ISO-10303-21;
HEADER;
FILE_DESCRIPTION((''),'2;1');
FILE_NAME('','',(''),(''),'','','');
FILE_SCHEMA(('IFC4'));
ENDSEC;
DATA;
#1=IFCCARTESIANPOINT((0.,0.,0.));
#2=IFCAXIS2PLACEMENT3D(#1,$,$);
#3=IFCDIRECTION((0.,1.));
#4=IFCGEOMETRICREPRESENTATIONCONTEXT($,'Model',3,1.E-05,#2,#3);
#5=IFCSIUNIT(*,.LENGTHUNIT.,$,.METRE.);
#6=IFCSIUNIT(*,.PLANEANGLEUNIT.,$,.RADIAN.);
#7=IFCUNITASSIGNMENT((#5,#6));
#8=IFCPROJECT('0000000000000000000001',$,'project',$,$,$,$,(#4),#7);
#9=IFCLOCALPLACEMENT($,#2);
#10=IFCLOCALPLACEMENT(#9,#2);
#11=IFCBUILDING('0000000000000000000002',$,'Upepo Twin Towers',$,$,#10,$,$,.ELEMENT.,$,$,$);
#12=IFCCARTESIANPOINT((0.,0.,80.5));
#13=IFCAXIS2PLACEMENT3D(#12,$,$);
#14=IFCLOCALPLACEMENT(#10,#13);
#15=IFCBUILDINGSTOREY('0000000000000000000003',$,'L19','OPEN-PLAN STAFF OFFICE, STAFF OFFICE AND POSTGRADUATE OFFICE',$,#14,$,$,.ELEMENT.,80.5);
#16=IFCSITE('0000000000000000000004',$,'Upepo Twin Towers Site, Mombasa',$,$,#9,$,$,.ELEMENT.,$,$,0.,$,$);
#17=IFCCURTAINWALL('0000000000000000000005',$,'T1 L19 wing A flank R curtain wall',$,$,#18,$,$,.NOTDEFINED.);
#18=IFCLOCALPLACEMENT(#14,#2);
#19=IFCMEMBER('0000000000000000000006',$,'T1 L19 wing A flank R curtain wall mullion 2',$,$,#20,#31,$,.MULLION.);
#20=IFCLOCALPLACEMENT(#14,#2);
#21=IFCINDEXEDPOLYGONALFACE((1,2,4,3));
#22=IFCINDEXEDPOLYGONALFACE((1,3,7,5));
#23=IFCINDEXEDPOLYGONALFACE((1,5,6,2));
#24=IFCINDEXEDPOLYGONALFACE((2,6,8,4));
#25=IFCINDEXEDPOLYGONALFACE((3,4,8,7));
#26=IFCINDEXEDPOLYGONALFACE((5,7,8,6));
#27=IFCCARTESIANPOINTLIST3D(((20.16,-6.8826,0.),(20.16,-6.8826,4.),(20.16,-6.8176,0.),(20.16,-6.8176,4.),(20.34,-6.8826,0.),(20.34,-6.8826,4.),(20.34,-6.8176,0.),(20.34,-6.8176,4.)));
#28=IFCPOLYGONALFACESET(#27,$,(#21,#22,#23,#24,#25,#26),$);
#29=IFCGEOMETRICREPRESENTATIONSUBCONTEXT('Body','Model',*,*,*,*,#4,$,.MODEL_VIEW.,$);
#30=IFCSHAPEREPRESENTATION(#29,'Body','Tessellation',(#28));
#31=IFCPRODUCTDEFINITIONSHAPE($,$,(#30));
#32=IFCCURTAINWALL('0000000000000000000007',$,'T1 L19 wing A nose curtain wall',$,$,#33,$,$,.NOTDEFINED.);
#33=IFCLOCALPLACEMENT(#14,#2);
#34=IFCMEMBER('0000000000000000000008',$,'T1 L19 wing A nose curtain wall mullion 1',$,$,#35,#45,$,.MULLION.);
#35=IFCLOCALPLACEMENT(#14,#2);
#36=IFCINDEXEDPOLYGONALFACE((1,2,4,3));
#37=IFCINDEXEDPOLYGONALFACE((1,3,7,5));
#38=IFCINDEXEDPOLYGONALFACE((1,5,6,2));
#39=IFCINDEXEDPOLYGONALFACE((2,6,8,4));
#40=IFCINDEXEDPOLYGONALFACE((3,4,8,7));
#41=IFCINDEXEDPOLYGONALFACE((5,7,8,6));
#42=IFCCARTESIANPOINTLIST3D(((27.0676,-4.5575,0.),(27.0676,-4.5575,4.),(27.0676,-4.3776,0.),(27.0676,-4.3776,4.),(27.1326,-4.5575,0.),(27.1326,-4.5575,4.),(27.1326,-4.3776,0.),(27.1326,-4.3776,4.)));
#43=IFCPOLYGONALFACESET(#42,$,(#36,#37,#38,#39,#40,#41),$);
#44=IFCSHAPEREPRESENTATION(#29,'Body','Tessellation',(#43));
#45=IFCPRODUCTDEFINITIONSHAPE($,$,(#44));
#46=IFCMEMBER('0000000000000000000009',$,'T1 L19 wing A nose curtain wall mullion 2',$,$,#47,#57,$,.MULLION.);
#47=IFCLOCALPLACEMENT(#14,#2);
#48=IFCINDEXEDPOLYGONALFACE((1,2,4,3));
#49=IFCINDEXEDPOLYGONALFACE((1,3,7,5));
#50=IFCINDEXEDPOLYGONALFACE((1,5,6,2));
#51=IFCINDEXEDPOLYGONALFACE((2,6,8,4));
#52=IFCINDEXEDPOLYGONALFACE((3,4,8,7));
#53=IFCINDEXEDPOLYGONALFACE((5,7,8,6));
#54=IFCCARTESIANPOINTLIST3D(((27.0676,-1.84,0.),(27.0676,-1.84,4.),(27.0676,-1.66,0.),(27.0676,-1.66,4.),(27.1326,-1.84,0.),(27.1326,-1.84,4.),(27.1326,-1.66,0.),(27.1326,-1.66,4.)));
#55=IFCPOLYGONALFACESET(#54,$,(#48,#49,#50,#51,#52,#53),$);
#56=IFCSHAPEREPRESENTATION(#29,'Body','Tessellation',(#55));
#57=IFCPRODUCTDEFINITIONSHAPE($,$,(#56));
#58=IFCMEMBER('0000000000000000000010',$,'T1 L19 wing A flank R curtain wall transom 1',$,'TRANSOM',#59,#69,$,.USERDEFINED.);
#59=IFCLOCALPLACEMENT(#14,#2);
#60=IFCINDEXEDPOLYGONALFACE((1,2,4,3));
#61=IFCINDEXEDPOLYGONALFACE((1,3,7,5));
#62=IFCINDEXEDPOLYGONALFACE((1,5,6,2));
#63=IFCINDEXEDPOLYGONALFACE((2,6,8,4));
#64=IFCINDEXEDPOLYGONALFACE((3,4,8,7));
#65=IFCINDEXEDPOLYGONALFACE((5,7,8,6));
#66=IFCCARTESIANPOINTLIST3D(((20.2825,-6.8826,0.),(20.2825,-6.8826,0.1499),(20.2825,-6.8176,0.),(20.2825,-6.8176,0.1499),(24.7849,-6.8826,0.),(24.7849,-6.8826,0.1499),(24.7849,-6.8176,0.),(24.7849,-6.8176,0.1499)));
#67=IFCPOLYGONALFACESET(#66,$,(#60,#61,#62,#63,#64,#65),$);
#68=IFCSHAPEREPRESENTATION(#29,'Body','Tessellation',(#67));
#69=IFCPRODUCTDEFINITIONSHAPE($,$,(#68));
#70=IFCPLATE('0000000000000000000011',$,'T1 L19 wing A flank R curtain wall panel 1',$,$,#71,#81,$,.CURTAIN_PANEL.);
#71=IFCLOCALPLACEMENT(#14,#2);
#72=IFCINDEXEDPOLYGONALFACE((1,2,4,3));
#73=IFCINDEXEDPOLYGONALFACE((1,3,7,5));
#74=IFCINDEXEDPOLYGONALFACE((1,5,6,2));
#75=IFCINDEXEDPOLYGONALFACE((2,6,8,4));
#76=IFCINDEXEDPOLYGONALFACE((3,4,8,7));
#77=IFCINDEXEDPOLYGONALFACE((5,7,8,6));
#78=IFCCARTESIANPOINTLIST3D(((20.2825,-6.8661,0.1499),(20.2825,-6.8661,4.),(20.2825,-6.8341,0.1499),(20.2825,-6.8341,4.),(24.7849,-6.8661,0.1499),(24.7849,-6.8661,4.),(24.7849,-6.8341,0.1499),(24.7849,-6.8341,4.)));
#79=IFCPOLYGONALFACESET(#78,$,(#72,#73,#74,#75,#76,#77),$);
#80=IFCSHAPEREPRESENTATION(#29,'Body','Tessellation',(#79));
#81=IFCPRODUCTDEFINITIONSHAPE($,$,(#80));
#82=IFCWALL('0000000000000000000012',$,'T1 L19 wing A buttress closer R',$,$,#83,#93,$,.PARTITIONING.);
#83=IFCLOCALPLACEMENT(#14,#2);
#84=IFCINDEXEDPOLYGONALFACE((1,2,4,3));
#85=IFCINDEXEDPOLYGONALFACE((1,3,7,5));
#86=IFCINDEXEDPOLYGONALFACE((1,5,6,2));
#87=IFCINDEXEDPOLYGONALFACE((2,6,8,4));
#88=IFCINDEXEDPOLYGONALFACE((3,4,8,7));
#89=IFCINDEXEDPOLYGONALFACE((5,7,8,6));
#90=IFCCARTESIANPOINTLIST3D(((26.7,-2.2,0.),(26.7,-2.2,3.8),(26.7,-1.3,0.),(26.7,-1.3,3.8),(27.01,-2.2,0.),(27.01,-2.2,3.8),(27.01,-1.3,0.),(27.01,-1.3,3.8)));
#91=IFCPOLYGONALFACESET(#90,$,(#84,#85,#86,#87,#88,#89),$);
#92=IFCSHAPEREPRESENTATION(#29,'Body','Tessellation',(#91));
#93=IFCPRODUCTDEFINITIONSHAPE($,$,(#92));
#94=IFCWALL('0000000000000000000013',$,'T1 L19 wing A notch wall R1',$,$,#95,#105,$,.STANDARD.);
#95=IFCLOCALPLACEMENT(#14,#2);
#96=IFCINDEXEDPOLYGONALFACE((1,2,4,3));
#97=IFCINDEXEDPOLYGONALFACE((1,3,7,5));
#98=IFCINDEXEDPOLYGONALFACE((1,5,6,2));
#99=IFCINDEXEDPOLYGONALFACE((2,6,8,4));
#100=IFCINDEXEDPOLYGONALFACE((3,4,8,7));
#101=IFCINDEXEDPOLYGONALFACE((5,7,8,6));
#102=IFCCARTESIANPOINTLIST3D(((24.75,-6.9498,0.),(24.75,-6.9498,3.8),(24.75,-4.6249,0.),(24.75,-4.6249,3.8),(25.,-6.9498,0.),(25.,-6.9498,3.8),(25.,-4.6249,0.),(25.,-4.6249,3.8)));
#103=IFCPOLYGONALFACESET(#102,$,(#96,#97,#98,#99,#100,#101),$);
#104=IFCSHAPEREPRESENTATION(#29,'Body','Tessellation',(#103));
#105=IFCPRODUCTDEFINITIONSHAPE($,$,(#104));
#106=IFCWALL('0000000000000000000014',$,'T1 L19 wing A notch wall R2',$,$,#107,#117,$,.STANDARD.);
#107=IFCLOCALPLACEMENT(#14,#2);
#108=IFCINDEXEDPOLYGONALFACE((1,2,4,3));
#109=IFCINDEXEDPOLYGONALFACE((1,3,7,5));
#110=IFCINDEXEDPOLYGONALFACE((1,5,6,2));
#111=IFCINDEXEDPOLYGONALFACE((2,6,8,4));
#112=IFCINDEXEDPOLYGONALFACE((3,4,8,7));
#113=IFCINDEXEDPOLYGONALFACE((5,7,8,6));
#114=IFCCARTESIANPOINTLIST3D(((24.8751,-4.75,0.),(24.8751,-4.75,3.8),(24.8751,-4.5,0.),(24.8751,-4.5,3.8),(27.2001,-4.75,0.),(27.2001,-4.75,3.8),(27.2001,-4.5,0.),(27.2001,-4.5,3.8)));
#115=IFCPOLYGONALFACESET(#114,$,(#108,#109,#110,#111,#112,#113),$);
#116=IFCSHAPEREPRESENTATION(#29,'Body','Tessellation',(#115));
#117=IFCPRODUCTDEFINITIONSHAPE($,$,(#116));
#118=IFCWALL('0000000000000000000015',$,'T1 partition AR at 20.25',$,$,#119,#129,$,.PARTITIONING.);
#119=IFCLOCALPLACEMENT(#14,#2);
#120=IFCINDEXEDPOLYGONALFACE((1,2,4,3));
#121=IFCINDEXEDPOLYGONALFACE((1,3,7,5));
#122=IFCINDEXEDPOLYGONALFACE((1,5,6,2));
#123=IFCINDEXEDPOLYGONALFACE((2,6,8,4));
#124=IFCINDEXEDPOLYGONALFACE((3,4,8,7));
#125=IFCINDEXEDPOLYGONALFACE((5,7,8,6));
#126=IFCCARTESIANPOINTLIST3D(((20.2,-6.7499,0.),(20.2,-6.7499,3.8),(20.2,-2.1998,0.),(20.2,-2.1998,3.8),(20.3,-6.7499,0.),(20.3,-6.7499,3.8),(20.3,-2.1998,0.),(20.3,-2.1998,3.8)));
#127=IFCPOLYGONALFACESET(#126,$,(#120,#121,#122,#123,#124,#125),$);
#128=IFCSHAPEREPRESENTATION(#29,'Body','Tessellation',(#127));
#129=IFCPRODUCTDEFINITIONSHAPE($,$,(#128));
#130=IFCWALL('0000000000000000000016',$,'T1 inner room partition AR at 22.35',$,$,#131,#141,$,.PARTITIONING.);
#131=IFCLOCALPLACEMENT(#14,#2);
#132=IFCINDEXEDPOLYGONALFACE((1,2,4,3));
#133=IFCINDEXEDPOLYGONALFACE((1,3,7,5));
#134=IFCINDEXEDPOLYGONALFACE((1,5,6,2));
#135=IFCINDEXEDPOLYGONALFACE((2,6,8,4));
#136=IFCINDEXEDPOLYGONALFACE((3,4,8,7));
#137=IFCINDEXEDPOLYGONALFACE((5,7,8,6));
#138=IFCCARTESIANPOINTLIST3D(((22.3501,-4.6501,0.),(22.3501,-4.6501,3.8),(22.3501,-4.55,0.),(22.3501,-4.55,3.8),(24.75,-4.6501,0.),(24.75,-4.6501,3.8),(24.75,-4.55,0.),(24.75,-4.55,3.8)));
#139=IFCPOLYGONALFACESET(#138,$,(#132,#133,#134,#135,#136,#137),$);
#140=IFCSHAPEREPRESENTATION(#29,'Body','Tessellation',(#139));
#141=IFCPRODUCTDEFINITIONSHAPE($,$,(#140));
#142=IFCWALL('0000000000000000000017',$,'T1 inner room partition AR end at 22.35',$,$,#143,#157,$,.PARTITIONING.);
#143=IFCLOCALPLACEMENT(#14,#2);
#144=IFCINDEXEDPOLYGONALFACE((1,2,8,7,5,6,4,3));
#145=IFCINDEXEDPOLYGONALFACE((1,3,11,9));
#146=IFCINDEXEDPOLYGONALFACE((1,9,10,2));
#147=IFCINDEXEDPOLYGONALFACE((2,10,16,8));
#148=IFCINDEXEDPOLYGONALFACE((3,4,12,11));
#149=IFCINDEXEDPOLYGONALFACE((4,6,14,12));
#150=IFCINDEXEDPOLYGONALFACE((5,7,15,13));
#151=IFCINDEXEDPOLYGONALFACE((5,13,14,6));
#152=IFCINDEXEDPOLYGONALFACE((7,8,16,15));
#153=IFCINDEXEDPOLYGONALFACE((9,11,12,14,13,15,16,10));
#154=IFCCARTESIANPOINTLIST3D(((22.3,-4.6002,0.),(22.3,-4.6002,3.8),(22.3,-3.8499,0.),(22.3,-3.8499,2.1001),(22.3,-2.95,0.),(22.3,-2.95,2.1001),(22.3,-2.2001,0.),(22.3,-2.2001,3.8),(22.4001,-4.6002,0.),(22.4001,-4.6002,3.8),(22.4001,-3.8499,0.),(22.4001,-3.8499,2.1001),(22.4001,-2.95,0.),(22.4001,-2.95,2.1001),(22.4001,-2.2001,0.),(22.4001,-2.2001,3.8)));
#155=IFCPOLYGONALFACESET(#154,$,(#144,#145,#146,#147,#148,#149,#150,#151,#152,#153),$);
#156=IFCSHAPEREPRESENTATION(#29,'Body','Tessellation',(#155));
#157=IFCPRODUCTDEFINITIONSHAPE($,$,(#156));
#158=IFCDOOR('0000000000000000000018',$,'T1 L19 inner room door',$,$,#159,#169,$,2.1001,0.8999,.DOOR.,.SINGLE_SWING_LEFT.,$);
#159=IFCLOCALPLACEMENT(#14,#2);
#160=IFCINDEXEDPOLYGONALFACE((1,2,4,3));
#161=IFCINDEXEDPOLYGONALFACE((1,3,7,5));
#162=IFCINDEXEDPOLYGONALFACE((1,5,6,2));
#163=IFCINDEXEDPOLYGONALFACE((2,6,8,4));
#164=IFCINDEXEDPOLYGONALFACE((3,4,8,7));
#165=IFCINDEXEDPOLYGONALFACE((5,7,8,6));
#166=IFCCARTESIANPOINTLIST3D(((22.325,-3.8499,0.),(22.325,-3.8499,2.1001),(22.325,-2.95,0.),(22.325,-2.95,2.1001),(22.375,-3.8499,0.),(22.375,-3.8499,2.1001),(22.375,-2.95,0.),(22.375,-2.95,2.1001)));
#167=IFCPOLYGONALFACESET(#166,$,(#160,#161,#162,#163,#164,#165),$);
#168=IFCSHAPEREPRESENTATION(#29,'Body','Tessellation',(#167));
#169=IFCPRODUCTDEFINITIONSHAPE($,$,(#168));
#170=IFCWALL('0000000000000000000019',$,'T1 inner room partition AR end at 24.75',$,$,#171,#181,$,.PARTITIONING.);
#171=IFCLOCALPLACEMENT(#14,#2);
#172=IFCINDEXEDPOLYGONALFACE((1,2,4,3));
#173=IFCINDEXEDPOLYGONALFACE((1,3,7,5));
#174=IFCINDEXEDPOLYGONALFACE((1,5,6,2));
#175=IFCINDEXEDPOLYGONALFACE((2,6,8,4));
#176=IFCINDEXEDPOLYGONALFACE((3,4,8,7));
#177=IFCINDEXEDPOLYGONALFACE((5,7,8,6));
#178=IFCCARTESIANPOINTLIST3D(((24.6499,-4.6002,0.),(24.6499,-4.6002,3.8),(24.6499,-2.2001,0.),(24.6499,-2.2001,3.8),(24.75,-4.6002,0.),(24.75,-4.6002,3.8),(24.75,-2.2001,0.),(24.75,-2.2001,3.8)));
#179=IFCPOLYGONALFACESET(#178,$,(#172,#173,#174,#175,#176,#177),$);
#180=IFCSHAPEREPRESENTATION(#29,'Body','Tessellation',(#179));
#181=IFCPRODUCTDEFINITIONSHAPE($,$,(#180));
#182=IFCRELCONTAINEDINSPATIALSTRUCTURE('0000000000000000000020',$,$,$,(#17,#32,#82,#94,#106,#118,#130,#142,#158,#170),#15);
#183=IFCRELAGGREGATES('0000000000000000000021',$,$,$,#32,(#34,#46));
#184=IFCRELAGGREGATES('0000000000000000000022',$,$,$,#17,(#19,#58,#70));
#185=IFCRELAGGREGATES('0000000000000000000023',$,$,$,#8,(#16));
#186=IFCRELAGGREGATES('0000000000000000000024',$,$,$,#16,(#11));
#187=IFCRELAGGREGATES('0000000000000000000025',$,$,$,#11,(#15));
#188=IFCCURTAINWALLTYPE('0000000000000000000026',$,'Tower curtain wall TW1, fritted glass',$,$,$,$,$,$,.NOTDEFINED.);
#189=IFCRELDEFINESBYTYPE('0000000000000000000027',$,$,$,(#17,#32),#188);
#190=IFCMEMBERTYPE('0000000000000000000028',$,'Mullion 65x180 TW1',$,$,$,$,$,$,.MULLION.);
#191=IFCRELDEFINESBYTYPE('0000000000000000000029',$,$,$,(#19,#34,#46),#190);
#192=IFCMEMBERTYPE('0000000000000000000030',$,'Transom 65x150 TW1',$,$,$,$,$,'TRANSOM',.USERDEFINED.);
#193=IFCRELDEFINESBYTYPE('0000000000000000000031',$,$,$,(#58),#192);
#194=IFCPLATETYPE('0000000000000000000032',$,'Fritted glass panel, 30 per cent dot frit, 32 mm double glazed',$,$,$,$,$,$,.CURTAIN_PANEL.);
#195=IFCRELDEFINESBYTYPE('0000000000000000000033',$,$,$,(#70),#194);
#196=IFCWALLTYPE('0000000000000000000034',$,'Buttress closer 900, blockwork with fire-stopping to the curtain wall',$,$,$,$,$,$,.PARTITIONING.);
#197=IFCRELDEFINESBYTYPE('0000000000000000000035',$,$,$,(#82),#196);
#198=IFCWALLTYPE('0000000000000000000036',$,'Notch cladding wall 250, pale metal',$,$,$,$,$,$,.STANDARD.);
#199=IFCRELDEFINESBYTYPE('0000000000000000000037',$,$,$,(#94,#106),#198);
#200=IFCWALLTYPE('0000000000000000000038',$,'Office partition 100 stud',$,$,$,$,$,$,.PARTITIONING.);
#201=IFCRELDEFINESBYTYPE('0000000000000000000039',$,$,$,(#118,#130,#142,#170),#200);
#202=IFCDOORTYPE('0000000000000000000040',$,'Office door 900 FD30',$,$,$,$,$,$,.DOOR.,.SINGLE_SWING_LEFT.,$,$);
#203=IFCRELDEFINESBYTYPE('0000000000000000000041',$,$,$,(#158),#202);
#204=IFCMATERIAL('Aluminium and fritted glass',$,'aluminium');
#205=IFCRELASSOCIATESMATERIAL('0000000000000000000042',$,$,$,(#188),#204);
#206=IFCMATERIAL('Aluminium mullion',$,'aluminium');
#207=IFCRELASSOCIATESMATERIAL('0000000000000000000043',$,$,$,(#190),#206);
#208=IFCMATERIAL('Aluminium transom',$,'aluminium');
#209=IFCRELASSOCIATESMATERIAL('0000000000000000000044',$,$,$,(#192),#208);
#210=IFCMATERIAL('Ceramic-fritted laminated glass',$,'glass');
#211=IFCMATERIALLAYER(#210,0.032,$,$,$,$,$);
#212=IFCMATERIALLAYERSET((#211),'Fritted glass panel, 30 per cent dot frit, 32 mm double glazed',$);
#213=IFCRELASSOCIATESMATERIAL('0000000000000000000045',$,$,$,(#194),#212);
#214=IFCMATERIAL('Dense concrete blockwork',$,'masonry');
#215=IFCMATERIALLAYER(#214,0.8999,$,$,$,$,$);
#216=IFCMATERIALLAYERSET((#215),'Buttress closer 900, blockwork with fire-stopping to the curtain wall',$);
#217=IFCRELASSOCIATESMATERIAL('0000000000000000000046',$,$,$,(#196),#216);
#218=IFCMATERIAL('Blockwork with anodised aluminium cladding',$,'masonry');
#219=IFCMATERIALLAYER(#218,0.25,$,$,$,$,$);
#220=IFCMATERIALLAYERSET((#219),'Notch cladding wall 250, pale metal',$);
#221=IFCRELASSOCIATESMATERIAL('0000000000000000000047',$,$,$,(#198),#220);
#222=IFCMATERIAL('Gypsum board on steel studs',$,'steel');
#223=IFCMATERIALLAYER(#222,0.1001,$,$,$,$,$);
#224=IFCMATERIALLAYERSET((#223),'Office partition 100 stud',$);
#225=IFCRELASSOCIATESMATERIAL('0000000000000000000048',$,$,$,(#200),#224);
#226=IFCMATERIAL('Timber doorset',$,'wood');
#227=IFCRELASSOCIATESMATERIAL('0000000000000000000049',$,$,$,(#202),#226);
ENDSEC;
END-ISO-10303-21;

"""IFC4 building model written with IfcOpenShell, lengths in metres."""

from ifc_helpers import new_model, si_unit, direction, frame, frame_2d, origin, origin_2d, place, context, subcontext, project, spatial, rectangle, extrude, material, layer, layer_set, material_profile, profile_set, type_object, element, fill, aggregate, save


model = new_model("IFC4")

# Units and contexts
model_context = context("Model", 3, precision=1e-05, world=origin(), true_north=direction((0.0, 1.0)))
body_context = subcontext(model_context, "Body", "Model", "MODEL_VIEW")
ifc_project = project(units=[si_unit("LENGTHUNIT", "METRE"), si_unit("PLANEANGLEUNIT", "RADIAN")], contexts=[model_context])

# Site, building, storey
site_placement = place(None, origin())
site = spatial("IfcSite", under=ifc_project, at=site_placement, Name="Upepo Twin Towers Site, Mombasa", CompositionType="ELEMENT", RefElevation=0.0)
building_placement = place(site_placement, origin())
building = spatial("IfcBuilding", under=site, at=building_placement, Name="Upepo Twin Towers", CompositionType="ELEMENT")
storey_placement = place(building_placement, frame((0.0, 0.0, 80.5)))
storey = spatial("IfcBuildingStorey", under=building, at=storey_placement, Name="L19", Description="OPEN-PLAN STAFF OFFICE, STAFF OFFICE AND POSTGRADUATE OFFICE", CompositionType="ELEMENT", Elevation=80.5)

# Curtain walls, members
ifc_material_1 = material(Name="Aluminium and fritted glass", Category="aluminium")
curtain_wall_type = type_object("IfcCurtainWallType", Name="Tower curtain wall TW1, fritted glass", PredefinedType="NOTDEFINED", material=ifc_material_1)
curtain_wall_1_placement = place(storey_placement, origin())
curtain_wall_1 = element("IfcCurtainWall", 1, at=curtain_wall_1_placement, inside=storey, type_object=curtain_wall_type, Name="T1 L19 wing A flank R curtain wall", PredefinedType="NOTDEFINED")
ifc_material_2 = material(Name="Aluminium mullion", Category="aluminium")
ifc_material_profile_1 = material_profile(ifc_material_2, rectangle(XDim=0.0649, YDim=0.1799, at=origin_2d()), Name="MULLION 65x180")
ifc_profile_set_1 = profile_set([ifc_material_profile_1], Name="Aluminium mullion")
member_type_1 = type_object("IfcMemberType", Name="Mullion 65x180 TW1", PredefinedType="MULLION", material=ifc_profile_set_1)
member_1_placement = place(storey_placement, frame((20.25, -6.8501, 0.0), z_axis=(0.0, 0.0, 1.0), x_axis=(0.0, -1.0, 0.0)))
member_1 = element("IfcMember", 2, at=member_1_placement, type_object=member_type_1, Name="T1 L19 wing A flank R curtain wall mullion 2", PredefinedType="MULLION", context=body_context, shape_type="SweptSolid", body=[
    extrude(rectangle(XDim=0.0649, YDim=0.1799, at=origin_2d()), origin(), (0.0, 0.0, 1.0), 4.0),
])
curtain_wall_2_placement = place(storey_placement, origin())
curtain_wall_2 = element("IfcCurtainWall", 3, at=curtain_wall_2_placement, inside=storey, type_object=curtain_wall_type, Name="T1 L19 wing A nose curtain wall", PredefinedType="NOTDEFINED")
member_2_placement = place(storey_placement, frame((27.1001, -4.4675, 0.0), z_axis=(0.0, 0.0, 1.0), x_axis=(-1.0, 0.0, 0.0)))
member_2 = element("IfcMember", 4, at=member_2_placement, type_object=member_type_1, Name="T1 L19 wing A nose curtain wall mullion 1", PredefinedType="MULLION", context=body_context, shape_type="SweptSolid", body=[
    extrude(rectangle(XDim=0.0649, YDim=0.1799, at=origin_2d()), origin(), (0.0, 0.0, 1.0), 4.0),
])
member_3_placement = place(storey_placement, frame((27.1001, -1.75, 0.0), z_axis=(0.0, 0.0, 1.0), x_axis=(-1.0, 0.0, 0.0)))
member_3 = element("IfcMember", 5, at=member_3_placement, type_object=member_type_1, Name="T1 L19 wing A nose curtain wall mullion 2", PredefinedType="MULLION", context=body_context, shape_type="SweptSolid", body=[
    extrude(rectangle(XDim=0.0649, YDim=0.1799, at=origin_2d()), origin(), (0.0, 0.0, 1.0), 4.0),
])
aggregate(curtain_wall_2, [member_2, member_3])

# Member
ifc_material_3 = material(Name="Aluminium transom", Category="aluminium")
ifc_material_profile_2 = material_profile(ifc_material_3, rectangle(XDim=0.0649, YDim=0.1499, at=origin_2d()), Name="TRANSOM 65x150")
ifc_profile_set_2 = profile_set([ifc_material_profile_2], Name="Aluminium transom")
member_type_2 = type_object("IfcMemberType", Name="Transom 65x150 TW1", ElementType="TRANSOM", PredefinedType="USERDEFINED", material=ifc_profile_set_2)
member_4_placement = place(storey_placement, frame((24.7849, -6.8501, 0.075), z_axis=(-1.0, 0.0, 0.0), x_axis=(0.0, -1.0, 0.0)))
member_4 = element("IfcMember", 6, at=member_4_placement, type_object=member_type_2, Name="T1 L19 wing A flank R curtain wall transom 1", ObjectType="TRANSOM", PredefinedType="USERDEFINED", context=body_context, shape_type="SweptSolid", body=[
    extrude(rectangle(XDim=0.0649, YDim=0.1499, at=origin_2d()), origin(), (0.0, 0.0, 1.0), 4.5024),
])

# Plate
ifc_material_4 = material(Name="Ceramic-fritted laminated glass", Category="glass")
ifc_layer_1 = layer(ifc_material_4, 0.032)
ifc_layer_set_1 = layer_set([ifc_layer_1], Name="Fritted glass panel, 30 per cent dot frit, 32 mm double glazed")
plate_type = type_object("IfcPlateType", Name="Fritted glass panel, 30 per cent dot frit, 32 mm double glazed", PredefinedType="CURTAIN_PANEL", material=ifc_layer_set_1)
plate_placement = place(storey_placement, frame((22.5337, -6.8501, 0.1499), z_axis=(0.0, 0.0, 1.0), x_axis=(-1.0, 0.0, 0.0)))
plate = element("IfcPlate", 7, at=plate_placement, type_object=plate_type, Name="T1 L19 wing A flank R curtain wall panel 1", PredefinedType="CURTAIN_PANEL", context=body_context, shape_type="SweptSolid", body=[
    extrude(rectangle(XDim=4.5024, YDim=0.032, at=origin_2d()), origin(), (0.0, 0.0, 1.0), 3.8501),
])
aggregate(curtain_wall_1, [member_1, member_4, plate])

# Walls
ifc_material_5 = material(Name="Dense concrete blockwork", Category="masonry")
ifc_layer_2 = layer(ifc_material_5, 0.8999)
ifc_layer_set_2 = layer_set([ifc_layer_2], Name="Buttress closer 900, blockwork with fire-stopping to the curtain wall")
wall_type_1 = type_object("IfcWallType", Name="Buttress closer 900, blockwork with fire-stopping to the curtain wall", PredefinedType="PARTITIONING", material=ifc_layer_set_2)
wall_1_placement = place(storey_placement, frame((26.7, -1.75, 0.0), z_axis=(0.0, 0.0, 1.0), x_axis=(1.0, 0.0, 0.0)))
element("IfcWall", 8, at=wall_1_placement, inside=storey, type_object=wall_type_1, Name="T1 L19 wing A buttress closer R", PredefinedType="PARTITIONING", context=body_context, shape_type="SweptSolid", body=[
    extrude(rectangle(XDim=0.3101, YDim=0.8999, at=frame_2d((0.155, 0.0))), origin(), (0.0, 0.0, 1.0), 3.8),
])
ifc_material_6 = material(Name="Blockwork with anodised aluminium cladding", Category="masonry")
ifc_layer_3 = layer(ifc_material_6, 0.25)
ifc_layer_set_3 = layer_set([ifc_layer_3], Name="Notch cladding wall 250, pale metal")
wall_type_2 = type_object("IfcWallType", Name="Notch cladding wall 250, pale metal", PredefinedType="STANDARD", material=ifc_layer_set_3)
for number, where, z_axis, x_axis, name in (
    (9, (24.875, -6.95, 0.0), (0.0, 0.0, 1.0), (0.0, 1.0, 0.0), "T1 L19 wing A notch wall R1"),
    (10, (24.875, -4.625, 0.0), (0.0, 0.0, 1.0), (1.0, 0.0, 0.0), "T1 L19 wing A notch wall R2"),
):
    element("IfcWall", number, at=place(storey_placement, frame(where, z_axis=z_axis, x_axis=x_axis)), inside=storey, type_object=wall_type_2, Name=name, PredefinedType="STANDARD", context=body_context, shape_type="SweptSolid", body=[
        extrude(rectangle(XDim=2.325, YDim=0.25, at=frame_2d((1.1626, 0.0))), origin(), (0.0, 0.0, 1.0), 3.8),
    ])
ifc_material_7 = material(Name="Gypsum board on steel studs", Category="steel")
ifc_layer_4 = layer(ifc_material_7, 0.1001)
ifc_layer_set_4 = layer_set([ifc_layer_4], Name="Office partition 100 stud")
wall_type_3 = type_object("IfcWallType", Name="Office partition 100 stud", PredefinedType="PARTITIONING", material=ifc_layer_set_4)
wall_2_placement = place(storey_placement, frame((20.25, -2.2, 0.0), z_axis=(0.0, 0.0, 1.0), x_axis=(0.0, -1.0, 0.0)))
element("IfcWall", 11, at=wall_2_placement, inside=storey, type_object=wall_type_3, Name="T1 partition AR at 20.25", PredefinedType="PARTITIONING", context=body_context, shape_type="SweptSolid", body=[
    extrude(rectangle(XDim=4.55, YDim=0.1001, at=frame_2d((2.2749, 0.0))), origin(), (0.0, 0.0, 1.0), 3.8),
])
wall_3_placement = place(storey_placement, frame((22.3501, -4.6001, 0.0), z_axis=(0.0, 0.0, 1.0), x_axis=(1.0, 0.0, 0.0)))
element("IfcWall", 12, at=wall_3_placement, inside=storey, type_object=wall_type_3, Name="T1 inner room partition AR at 22.35", PredefinedType="PARTITIONING", context=body_context, shape_type="SweptSolid", body=[
    extrude(rectangle(XDim=2.3999, YDim=0.1001, at=frame_2d((1.2, 0.0))), origin(), (0.0, 0.0, 1.0), 3.8),
])

# Wall, opening, door
wall_4_placement = place(storey_placement, frame((22.3501, -2.2, 0.0), z_axis=(0.0, 0.0, 1.0), x_axis=(0.0, -1.0, 0.0)))
wall_4 = element("IfcWall", 13, at=wall_4_placement, inside=storey, type_object=wall_type_3, Name="T1 inner room partition AR end at 22.35", PredefinedType="PARTITIONING", context=body_context, shape_type="SweptSolid", body=[
    extrude(rectangle(XDim=2.4001, YDim=0.1001, at=frame_2d((1.2002, 0.0))), origin(), (0.0, 0.0, 1.0), 3.8),
])
opening_1_placement = place(wall_4_placement, frame((0.75, 0.0, 0.0)))
opening_1 = element("IfcOpeningElement", 14, at=opening_1_placement, cuts=wall_4, PredefinedType="OPENING", context=body_context, shape_type="SweptSolid", body=[
    extrude(rectangle(XDim=0.8999, YDim=2.1001, at=frame_2d((0.45, 1.05))), frame((0.0, 0.0601, 0.0), z_axis=(0.0, -1.0, 0.0), x_axis=(1.0, 0.0, 0.0)), (0.0, 0.0, 1.0), 0.1201),
])
ifc_material_8 = material(Name="Timber doorset", Category="wood")
door_type_1 = type_object("IfcDoorType", Name="Office door 900 FD30", OperationType="SINGLE_SWING_LEFT", PredefinedType="DOOR", material=ifc_material_8)
door_1_placement = place(opening_1_placement, origin())
door_1 = element("IfcDoor", 15, at=door_1_placement, inside=storey, type_object=door_type_1, Name="T1 L19 inner room door", OperationType="SINGLE_SWING_LEFT", OverallHeight=2.1001, OverallWidth=0.8999, PredefinedType="DOOR", context=body_context, shape_type="SweptSolid", body=[
    extrude(rectangle(XDim=0.8999, YDim=2.1001, at=frame_2d((0.45, 1.05))), frame((0.0, 0.0249, 0.0), z_axis=(0.0, -1.0, 0.0), x_axis=(1.0, 0.0, 0.0)), (0.0, 0.0, 1.0), 0.05),
])
fill(opening_1, door_1)

# Wall
wall_5_placement = place(storey_placement, frame((24.7, -2.2, 0.0), z_axis=(0.0, 0.0, 1.0), x_axis=(0.0, -1.0, 0.0)))
element("IfcWall", 16, at=wall_5_placement, inside=storey, type_object=wall_type_3, Name="T1 inner room partition AR end at 24.75", PredefinedType="PARTITIONING", context=body_context, shape_type="SweptSolid", body=[
    extrude(rectangle(XDim=2.4001, YDim=0.1001, at=frame_2d((1.2002, 0.0))), origin(), (0.0, 0.0, 1.0), 3.8),
])

save(model, "model.ifc")
